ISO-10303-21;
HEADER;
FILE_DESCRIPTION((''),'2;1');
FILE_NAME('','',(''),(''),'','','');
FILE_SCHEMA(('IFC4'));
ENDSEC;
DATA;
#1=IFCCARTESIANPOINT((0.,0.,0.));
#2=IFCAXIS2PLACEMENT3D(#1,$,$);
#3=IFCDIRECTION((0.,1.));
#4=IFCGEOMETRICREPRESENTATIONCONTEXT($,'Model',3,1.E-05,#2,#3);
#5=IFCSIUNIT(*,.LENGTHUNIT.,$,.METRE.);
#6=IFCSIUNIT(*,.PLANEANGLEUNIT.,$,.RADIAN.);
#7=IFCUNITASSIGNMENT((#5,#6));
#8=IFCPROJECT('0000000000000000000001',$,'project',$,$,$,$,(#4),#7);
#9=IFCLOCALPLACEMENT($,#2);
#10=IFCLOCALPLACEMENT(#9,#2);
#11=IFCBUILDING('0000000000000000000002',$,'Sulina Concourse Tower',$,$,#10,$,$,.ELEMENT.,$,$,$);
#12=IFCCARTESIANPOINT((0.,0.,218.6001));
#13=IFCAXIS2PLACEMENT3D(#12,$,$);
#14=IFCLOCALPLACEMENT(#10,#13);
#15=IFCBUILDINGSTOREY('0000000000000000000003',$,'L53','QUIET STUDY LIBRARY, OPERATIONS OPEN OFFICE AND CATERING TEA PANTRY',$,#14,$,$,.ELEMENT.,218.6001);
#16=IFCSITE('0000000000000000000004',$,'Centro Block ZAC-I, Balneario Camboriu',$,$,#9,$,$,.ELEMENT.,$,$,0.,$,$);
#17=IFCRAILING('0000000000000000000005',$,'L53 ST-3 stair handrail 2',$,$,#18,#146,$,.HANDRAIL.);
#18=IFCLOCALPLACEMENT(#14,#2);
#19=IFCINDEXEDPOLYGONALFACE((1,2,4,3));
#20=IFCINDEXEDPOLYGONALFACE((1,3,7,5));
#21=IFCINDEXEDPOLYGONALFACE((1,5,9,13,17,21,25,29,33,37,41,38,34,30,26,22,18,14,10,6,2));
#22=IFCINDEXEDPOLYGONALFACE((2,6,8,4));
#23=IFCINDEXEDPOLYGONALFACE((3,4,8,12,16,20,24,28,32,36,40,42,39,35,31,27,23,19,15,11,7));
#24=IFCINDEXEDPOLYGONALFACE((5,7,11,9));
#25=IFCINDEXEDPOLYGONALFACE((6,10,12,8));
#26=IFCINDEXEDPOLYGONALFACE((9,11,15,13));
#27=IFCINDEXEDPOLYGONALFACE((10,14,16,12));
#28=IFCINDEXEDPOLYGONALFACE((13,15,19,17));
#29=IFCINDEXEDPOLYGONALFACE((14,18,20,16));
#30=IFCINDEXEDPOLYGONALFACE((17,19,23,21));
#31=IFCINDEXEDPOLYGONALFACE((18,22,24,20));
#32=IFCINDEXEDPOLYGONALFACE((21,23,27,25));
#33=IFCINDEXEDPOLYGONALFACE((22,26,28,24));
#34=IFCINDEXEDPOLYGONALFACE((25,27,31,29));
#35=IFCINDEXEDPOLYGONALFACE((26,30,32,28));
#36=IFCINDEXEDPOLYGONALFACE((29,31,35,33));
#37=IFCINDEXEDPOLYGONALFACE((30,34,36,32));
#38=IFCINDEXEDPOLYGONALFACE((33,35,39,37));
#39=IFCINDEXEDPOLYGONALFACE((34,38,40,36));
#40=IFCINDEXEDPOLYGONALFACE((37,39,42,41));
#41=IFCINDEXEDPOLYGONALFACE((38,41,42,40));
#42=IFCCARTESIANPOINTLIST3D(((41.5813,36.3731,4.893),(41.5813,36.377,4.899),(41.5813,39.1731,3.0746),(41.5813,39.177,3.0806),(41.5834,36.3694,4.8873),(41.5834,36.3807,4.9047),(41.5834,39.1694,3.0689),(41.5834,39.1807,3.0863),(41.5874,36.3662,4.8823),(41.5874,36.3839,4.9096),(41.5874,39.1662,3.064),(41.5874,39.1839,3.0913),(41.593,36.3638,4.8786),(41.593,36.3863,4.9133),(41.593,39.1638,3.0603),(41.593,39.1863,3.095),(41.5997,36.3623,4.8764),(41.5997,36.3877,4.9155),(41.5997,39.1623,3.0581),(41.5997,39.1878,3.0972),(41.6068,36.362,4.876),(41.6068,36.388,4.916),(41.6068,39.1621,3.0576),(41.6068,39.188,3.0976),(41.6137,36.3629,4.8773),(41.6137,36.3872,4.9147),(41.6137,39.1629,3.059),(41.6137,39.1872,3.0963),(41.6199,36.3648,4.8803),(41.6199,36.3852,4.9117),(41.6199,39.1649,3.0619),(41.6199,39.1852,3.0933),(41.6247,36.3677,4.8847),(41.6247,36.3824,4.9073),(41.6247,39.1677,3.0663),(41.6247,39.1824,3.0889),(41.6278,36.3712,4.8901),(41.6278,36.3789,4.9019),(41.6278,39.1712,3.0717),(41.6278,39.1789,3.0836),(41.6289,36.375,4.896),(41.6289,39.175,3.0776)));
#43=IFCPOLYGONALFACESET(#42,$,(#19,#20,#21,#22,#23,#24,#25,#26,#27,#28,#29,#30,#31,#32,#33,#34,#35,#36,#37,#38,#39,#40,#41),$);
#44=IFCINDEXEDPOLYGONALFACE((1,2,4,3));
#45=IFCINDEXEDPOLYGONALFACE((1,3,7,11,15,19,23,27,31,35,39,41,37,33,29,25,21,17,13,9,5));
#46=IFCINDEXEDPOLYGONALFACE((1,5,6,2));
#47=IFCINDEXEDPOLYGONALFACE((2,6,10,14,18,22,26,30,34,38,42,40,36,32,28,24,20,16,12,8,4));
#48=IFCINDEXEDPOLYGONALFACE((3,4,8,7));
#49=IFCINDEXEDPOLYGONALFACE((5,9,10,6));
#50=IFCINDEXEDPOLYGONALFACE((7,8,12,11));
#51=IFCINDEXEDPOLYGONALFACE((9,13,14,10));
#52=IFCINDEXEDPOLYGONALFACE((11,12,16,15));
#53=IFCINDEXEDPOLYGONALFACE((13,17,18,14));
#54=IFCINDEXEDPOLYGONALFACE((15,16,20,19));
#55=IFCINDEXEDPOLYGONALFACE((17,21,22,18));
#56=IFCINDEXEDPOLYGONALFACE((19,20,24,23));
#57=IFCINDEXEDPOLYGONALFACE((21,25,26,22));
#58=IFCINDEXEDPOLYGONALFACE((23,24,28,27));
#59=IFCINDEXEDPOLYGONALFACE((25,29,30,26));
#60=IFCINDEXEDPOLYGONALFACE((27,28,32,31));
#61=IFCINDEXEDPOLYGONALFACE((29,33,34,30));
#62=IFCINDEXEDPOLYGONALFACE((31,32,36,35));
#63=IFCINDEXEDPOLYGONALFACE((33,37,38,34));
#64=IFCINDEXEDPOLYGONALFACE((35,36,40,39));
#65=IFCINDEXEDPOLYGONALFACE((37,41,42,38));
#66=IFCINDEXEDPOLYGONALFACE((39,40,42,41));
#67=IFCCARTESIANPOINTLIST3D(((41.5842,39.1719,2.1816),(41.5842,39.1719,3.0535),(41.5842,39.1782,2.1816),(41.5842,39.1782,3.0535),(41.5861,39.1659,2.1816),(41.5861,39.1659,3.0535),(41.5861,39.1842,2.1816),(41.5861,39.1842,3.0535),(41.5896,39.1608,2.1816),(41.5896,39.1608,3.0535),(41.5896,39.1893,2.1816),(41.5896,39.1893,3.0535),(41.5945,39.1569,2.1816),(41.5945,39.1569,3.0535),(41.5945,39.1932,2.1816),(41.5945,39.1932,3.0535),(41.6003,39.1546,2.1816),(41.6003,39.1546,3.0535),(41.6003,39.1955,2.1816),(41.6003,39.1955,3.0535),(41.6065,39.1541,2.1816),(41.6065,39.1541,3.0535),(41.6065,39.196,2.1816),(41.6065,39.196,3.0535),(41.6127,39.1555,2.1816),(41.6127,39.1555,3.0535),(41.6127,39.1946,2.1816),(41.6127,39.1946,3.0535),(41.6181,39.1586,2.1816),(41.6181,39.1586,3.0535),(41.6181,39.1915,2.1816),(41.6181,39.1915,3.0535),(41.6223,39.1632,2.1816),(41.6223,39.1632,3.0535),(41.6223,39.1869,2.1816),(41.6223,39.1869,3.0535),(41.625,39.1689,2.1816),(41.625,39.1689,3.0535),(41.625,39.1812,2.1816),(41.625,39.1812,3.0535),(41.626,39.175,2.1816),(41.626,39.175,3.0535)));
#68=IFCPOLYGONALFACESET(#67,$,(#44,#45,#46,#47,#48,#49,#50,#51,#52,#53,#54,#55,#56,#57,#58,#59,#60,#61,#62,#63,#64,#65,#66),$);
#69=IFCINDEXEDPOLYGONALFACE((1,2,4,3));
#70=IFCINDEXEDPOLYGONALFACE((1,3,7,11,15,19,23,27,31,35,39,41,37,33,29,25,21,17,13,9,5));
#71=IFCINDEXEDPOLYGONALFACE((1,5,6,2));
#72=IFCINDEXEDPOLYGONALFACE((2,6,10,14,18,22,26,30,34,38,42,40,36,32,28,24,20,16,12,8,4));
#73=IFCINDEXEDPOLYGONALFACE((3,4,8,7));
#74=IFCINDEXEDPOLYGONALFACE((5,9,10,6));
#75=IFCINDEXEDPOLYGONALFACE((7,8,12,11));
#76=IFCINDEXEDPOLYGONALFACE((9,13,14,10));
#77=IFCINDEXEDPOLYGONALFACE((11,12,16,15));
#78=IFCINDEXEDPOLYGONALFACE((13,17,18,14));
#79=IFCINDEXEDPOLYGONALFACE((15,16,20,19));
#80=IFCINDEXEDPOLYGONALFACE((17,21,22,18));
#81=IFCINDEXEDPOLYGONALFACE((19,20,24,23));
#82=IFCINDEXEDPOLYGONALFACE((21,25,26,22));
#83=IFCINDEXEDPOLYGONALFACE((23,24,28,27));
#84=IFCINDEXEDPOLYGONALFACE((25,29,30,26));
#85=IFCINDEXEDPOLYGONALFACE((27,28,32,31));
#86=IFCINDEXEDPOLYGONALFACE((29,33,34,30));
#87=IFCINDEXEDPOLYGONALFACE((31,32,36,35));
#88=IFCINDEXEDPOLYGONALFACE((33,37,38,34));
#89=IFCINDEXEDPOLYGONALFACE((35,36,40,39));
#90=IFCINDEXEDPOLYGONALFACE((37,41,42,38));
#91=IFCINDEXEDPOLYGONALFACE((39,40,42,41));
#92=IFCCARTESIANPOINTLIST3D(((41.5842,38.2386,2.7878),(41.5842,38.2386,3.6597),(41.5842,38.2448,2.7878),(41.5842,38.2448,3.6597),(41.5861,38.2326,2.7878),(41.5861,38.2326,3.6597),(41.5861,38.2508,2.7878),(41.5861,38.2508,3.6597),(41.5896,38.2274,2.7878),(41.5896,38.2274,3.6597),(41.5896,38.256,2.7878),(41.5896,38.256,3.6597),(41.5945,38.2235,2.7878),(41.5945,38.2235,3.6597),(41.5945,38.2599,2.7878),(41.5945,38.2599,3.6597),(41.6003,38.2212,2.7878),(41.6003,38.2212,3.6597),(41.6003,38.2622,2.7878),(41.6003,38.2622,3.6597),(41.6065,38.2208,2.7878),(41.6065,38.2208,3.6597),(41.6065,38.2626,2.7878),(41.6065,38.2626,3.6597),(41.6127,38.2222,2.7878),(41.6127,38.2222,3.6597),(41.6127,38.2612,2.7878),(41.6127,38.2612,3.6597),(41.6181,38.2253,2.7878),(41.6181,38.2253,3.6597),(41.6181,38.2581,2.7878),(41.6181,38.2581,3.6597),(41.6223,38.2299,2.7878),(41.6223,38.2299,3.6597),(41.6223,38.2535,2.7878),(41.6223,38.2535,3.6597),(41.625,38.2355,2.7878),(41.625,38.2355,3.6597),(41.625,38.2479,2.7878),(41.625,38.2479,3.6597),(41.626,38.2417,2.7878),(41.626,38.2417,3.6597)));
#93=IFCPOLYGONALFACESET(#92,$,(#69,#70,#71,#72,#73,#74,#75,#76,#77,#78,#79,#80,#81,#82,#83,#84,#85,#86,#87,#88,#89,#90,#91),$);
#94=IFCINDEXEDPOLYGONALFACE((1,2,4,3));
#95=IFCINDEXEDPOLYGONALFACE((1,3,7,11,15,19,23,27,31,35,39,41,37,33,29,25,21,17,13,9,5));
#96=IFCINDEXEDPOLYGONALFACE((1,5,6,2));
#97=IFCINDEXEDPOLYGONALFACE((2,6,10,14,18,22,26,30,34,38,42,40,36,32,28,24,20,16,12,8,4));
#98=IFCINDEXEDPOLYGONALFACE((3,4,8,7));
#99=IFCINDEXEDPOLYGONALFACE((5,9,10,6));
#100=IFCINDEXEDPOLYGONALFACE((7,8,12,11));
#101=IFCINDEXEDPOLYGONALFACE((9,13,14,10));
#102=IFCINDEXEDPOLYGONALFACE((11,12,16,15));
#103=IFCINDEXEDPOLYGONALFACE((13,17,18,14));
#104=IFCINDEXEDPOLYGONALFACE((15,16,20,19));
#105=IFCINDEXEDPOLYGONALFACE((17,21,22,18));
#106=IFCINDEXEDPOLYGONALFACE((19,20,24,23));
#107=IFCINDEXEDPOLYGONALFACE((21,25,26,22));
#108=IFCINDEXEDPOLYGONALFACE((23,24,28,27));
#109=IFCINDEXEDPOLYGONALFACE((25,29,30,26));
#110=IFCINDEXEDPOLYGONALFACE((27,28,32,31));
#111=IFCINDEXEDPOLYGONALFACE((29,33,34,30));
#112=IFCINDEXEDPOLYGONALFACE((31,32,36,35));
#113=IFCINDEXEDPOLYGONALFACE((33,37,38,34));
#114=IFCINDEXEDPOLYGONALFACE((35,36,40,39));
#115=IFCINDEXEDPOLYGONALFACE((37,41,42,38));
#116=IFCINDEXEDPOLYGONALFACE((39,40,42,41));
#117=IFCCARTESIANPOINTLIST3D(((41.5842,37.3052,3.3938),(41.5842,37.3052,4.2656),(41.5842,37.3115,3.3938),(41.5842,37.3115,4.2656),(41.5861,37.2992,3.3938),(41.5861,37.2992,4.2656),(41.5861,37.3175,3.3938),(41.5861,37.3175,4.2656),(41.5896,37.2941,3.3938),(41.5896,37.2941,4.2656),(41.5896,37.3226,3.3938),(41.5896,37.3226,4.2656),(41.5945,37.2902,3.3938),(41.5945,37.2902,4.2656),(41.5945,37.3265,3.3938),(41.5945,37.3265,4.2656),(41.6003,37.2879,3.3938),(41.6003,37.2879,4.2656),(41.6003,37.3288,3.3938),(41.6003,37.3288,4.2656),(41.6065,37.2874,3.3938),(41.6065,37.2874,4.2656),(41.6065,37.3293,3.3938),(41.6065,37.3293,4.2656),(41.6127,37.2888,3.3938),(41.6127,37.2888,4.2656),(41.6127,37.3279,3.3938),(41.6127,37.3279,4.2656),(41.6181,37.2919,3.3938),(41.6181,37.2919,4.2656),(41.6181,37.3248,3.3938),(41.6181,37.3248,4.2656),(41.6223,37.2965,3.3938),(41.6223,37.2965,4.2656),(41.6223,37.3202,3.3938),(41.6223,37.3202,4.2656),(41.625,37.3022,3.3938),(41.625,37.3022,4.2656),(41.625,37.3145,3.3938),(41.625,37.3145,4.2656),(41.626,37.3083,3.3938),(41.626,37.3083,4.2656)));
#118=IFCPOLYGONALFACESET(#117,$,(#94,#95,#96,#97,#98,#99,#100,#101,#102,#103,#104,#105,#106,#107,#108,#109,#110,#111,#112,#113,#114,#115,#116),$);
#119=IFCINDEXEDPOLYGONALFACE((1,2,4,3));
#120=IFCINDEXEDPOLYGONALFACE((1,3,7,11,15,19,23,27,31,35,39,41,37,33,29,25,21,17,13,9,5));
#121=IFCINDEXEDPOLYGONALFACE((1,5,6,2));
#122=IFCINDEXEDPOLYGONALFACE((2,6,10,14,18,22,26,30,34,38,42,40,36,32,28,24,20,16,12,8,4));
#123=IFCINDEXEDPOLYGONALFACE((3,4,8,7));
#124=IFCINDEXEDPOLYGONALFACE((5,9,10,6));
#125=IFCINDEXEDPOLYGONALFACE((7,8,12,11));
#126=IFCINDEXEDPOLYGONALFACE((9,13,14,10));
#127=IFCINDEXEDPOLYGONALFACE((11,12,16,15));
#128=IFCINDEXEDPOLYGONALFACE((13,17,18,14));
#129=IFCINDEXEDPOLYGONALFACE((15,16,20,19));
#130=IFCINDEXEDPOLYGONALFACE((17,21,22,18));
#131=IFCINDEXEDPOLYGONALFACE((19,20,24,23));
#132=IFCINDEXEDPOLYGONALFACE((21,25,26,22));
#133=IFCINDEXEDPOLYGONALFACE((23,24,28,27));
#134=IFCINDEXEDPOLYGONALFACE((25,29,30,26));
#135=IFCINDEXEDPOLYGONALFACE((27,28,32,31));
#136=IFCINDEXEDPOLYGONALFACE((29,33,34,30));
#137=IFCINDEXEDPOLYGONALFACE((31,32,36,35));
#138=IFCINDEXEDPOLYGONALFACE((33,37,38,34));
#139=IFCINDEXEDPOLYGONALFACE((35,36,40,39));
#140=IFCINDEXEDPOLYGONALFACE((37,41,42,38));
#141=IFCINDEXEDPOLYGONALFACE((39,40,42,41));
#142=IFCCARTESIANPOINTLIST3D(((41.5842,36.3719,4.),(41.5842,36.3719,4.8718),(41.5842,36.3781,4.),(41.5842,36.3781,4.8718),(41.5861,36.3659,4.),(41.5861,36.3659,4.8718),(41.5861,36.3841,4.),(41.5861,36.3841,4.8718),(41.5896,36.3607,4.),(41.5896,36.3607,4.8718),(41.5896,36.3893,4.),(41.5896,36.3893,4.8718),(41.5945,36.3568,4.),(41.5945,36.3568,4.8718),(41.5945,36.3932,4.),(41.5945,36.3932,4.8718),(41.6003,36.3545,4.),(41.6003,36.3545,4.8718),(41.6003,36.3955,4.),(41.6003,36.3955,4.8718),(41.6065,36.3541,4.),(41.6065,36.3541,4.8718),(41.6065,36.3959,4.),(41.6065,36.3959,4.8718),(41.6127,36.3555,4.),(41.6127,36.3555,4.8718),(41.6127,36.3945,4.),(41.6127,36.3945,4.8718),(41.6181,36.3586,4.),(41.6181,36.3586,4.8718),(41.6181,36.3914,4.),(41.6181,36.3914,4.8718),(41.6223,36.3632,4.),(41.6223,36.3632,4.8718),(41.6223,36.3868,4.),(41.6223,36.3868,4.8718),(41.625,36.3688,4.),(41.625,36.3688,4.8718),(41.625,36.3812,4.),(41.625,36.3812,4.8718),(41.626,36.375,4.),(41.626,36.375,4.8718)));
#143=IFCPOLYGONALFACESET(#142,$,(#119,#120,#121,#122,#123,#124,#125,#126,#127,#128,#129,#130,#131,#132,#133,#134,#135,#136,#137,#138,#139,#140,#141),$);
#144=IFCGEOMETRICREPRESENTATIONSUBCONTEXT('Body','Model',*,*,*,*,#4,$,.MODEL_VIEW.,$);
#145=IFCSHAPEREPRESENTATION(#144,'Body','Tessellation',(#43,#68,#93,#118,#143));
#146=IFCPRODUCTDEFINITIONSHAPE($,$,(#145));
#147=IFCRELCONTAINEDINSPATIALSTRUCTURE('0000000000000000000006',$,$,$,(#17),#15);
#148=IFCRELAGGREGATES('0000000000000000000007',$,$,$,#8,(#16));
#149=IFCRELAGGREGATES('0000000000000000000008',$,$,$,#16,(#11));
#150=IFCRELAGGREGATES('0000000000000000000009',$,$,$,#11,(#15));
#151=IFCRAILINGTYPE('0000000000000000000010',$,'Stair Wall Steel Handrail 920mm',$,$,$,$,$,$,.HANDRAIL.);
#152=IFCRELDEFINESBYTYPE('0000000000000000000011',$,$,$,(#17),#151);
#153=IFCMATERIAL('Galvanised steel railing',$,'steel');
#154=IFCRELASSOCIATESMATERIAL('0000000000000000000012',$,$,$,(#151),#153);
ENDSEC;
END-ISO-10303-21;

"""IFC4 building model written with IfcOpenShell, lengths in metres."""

from ifc_helpers import new_model, si_unit, direction, frame, origin, origin_2d, place, context, subcontext, project, spatial, circle, extrude, material, type_object, element, save


model = new_model("IFC4")

# Units and contexts
model_context = context("Model", 3, precision=1e-05, world=origin(), true_north=direction((0.0, 1.0)))
body_context = subcontext(model_context, "Body", "Model", "MODEL_VIEW")
ifc_project = project(units=[si_unit("LENGTHUNIT", "METRE"), si_unit("PLANEANGLEUNIT", "RADIAN")], contexts=[model_context])

# Site, building, storey
site_placement = place(None, origin())
site = spatial("IfcSite", under=ifc_project, at=site_placement, Name="Centro Block ZAC-I, Balneario Camboriu", CompositionType="ELEMENT", RefElevation=0.0)
building_placement = place(site_placement, origin())
building = spatial("IfcBuilding", under=site, at=building_placement, Name="Sulina Concourse Tower", CompositionType="ELEMENT")
storey_placement = place(building_placement, frame((0.0, 0.0, 218.6001)))
storey = spatial("IfcBuildingStorey", under=building, at=storey_placement, Name="L53", Description="QUIET STUDY LIBRARY, OPERATIONS OPEN OFFICE AND CATERING TEA PANTRY", CompositionType="ELEMENT", Elevation=218.6001)

# Railing
ifc_material_1 = material(Name="Galvanised steel railing", Category="steel")
railing_type_1 = type_object("IfcRailingType", Name="Stair Wall Steel Handrail 920mm", PredefinedType="HANDRAIL", material=ifc_material_1)
railing_1_placement = place(storey_placement, frame((41.605, 39.175, 2.1816)))
element("IfcRailing", 1, at=railing_1_placement, inside=storey, type_object=railing_type_1, Name="L53 ST-3 stair handrail 2", PredefinedType="HANDRAIL", context=body_context, shape_type="SweptSolid", body=[
    extrude(circle(Radius=0.0239, at=origin_2d()), frame((0.0, 0.0, 0.896), z_axis=(0.0, -0.838672, 0.544636), x_axis=(1.0, 0.0, 0.0)), (0.0, 0.0, 1.0), 3.3386),
    extrude(circle(Radius=0.021, at=origin_2d()), origin(), (0.0, 0.0, 1.0), 0.8718),
    extrude(circle(Radius=0.021, at=origin_2d()), frame((0.0, -0.9333, 0.6062)), (0.0, 0.0, 1.0), 0.8718),
    extrude(circle(Radius=0.021, at=origin_2d()), frame((0.0, -1.8667, 1.2122)), (0.0, 0.0, 1.0), 0.8718),
    extrude(circle(Radius=0.021, at=origin_2d()), frame((0.0, -2.8, 1.8184)), (0.0, 0.0, 1.0), 0.8718),
])

save(model, "model.ifc")
